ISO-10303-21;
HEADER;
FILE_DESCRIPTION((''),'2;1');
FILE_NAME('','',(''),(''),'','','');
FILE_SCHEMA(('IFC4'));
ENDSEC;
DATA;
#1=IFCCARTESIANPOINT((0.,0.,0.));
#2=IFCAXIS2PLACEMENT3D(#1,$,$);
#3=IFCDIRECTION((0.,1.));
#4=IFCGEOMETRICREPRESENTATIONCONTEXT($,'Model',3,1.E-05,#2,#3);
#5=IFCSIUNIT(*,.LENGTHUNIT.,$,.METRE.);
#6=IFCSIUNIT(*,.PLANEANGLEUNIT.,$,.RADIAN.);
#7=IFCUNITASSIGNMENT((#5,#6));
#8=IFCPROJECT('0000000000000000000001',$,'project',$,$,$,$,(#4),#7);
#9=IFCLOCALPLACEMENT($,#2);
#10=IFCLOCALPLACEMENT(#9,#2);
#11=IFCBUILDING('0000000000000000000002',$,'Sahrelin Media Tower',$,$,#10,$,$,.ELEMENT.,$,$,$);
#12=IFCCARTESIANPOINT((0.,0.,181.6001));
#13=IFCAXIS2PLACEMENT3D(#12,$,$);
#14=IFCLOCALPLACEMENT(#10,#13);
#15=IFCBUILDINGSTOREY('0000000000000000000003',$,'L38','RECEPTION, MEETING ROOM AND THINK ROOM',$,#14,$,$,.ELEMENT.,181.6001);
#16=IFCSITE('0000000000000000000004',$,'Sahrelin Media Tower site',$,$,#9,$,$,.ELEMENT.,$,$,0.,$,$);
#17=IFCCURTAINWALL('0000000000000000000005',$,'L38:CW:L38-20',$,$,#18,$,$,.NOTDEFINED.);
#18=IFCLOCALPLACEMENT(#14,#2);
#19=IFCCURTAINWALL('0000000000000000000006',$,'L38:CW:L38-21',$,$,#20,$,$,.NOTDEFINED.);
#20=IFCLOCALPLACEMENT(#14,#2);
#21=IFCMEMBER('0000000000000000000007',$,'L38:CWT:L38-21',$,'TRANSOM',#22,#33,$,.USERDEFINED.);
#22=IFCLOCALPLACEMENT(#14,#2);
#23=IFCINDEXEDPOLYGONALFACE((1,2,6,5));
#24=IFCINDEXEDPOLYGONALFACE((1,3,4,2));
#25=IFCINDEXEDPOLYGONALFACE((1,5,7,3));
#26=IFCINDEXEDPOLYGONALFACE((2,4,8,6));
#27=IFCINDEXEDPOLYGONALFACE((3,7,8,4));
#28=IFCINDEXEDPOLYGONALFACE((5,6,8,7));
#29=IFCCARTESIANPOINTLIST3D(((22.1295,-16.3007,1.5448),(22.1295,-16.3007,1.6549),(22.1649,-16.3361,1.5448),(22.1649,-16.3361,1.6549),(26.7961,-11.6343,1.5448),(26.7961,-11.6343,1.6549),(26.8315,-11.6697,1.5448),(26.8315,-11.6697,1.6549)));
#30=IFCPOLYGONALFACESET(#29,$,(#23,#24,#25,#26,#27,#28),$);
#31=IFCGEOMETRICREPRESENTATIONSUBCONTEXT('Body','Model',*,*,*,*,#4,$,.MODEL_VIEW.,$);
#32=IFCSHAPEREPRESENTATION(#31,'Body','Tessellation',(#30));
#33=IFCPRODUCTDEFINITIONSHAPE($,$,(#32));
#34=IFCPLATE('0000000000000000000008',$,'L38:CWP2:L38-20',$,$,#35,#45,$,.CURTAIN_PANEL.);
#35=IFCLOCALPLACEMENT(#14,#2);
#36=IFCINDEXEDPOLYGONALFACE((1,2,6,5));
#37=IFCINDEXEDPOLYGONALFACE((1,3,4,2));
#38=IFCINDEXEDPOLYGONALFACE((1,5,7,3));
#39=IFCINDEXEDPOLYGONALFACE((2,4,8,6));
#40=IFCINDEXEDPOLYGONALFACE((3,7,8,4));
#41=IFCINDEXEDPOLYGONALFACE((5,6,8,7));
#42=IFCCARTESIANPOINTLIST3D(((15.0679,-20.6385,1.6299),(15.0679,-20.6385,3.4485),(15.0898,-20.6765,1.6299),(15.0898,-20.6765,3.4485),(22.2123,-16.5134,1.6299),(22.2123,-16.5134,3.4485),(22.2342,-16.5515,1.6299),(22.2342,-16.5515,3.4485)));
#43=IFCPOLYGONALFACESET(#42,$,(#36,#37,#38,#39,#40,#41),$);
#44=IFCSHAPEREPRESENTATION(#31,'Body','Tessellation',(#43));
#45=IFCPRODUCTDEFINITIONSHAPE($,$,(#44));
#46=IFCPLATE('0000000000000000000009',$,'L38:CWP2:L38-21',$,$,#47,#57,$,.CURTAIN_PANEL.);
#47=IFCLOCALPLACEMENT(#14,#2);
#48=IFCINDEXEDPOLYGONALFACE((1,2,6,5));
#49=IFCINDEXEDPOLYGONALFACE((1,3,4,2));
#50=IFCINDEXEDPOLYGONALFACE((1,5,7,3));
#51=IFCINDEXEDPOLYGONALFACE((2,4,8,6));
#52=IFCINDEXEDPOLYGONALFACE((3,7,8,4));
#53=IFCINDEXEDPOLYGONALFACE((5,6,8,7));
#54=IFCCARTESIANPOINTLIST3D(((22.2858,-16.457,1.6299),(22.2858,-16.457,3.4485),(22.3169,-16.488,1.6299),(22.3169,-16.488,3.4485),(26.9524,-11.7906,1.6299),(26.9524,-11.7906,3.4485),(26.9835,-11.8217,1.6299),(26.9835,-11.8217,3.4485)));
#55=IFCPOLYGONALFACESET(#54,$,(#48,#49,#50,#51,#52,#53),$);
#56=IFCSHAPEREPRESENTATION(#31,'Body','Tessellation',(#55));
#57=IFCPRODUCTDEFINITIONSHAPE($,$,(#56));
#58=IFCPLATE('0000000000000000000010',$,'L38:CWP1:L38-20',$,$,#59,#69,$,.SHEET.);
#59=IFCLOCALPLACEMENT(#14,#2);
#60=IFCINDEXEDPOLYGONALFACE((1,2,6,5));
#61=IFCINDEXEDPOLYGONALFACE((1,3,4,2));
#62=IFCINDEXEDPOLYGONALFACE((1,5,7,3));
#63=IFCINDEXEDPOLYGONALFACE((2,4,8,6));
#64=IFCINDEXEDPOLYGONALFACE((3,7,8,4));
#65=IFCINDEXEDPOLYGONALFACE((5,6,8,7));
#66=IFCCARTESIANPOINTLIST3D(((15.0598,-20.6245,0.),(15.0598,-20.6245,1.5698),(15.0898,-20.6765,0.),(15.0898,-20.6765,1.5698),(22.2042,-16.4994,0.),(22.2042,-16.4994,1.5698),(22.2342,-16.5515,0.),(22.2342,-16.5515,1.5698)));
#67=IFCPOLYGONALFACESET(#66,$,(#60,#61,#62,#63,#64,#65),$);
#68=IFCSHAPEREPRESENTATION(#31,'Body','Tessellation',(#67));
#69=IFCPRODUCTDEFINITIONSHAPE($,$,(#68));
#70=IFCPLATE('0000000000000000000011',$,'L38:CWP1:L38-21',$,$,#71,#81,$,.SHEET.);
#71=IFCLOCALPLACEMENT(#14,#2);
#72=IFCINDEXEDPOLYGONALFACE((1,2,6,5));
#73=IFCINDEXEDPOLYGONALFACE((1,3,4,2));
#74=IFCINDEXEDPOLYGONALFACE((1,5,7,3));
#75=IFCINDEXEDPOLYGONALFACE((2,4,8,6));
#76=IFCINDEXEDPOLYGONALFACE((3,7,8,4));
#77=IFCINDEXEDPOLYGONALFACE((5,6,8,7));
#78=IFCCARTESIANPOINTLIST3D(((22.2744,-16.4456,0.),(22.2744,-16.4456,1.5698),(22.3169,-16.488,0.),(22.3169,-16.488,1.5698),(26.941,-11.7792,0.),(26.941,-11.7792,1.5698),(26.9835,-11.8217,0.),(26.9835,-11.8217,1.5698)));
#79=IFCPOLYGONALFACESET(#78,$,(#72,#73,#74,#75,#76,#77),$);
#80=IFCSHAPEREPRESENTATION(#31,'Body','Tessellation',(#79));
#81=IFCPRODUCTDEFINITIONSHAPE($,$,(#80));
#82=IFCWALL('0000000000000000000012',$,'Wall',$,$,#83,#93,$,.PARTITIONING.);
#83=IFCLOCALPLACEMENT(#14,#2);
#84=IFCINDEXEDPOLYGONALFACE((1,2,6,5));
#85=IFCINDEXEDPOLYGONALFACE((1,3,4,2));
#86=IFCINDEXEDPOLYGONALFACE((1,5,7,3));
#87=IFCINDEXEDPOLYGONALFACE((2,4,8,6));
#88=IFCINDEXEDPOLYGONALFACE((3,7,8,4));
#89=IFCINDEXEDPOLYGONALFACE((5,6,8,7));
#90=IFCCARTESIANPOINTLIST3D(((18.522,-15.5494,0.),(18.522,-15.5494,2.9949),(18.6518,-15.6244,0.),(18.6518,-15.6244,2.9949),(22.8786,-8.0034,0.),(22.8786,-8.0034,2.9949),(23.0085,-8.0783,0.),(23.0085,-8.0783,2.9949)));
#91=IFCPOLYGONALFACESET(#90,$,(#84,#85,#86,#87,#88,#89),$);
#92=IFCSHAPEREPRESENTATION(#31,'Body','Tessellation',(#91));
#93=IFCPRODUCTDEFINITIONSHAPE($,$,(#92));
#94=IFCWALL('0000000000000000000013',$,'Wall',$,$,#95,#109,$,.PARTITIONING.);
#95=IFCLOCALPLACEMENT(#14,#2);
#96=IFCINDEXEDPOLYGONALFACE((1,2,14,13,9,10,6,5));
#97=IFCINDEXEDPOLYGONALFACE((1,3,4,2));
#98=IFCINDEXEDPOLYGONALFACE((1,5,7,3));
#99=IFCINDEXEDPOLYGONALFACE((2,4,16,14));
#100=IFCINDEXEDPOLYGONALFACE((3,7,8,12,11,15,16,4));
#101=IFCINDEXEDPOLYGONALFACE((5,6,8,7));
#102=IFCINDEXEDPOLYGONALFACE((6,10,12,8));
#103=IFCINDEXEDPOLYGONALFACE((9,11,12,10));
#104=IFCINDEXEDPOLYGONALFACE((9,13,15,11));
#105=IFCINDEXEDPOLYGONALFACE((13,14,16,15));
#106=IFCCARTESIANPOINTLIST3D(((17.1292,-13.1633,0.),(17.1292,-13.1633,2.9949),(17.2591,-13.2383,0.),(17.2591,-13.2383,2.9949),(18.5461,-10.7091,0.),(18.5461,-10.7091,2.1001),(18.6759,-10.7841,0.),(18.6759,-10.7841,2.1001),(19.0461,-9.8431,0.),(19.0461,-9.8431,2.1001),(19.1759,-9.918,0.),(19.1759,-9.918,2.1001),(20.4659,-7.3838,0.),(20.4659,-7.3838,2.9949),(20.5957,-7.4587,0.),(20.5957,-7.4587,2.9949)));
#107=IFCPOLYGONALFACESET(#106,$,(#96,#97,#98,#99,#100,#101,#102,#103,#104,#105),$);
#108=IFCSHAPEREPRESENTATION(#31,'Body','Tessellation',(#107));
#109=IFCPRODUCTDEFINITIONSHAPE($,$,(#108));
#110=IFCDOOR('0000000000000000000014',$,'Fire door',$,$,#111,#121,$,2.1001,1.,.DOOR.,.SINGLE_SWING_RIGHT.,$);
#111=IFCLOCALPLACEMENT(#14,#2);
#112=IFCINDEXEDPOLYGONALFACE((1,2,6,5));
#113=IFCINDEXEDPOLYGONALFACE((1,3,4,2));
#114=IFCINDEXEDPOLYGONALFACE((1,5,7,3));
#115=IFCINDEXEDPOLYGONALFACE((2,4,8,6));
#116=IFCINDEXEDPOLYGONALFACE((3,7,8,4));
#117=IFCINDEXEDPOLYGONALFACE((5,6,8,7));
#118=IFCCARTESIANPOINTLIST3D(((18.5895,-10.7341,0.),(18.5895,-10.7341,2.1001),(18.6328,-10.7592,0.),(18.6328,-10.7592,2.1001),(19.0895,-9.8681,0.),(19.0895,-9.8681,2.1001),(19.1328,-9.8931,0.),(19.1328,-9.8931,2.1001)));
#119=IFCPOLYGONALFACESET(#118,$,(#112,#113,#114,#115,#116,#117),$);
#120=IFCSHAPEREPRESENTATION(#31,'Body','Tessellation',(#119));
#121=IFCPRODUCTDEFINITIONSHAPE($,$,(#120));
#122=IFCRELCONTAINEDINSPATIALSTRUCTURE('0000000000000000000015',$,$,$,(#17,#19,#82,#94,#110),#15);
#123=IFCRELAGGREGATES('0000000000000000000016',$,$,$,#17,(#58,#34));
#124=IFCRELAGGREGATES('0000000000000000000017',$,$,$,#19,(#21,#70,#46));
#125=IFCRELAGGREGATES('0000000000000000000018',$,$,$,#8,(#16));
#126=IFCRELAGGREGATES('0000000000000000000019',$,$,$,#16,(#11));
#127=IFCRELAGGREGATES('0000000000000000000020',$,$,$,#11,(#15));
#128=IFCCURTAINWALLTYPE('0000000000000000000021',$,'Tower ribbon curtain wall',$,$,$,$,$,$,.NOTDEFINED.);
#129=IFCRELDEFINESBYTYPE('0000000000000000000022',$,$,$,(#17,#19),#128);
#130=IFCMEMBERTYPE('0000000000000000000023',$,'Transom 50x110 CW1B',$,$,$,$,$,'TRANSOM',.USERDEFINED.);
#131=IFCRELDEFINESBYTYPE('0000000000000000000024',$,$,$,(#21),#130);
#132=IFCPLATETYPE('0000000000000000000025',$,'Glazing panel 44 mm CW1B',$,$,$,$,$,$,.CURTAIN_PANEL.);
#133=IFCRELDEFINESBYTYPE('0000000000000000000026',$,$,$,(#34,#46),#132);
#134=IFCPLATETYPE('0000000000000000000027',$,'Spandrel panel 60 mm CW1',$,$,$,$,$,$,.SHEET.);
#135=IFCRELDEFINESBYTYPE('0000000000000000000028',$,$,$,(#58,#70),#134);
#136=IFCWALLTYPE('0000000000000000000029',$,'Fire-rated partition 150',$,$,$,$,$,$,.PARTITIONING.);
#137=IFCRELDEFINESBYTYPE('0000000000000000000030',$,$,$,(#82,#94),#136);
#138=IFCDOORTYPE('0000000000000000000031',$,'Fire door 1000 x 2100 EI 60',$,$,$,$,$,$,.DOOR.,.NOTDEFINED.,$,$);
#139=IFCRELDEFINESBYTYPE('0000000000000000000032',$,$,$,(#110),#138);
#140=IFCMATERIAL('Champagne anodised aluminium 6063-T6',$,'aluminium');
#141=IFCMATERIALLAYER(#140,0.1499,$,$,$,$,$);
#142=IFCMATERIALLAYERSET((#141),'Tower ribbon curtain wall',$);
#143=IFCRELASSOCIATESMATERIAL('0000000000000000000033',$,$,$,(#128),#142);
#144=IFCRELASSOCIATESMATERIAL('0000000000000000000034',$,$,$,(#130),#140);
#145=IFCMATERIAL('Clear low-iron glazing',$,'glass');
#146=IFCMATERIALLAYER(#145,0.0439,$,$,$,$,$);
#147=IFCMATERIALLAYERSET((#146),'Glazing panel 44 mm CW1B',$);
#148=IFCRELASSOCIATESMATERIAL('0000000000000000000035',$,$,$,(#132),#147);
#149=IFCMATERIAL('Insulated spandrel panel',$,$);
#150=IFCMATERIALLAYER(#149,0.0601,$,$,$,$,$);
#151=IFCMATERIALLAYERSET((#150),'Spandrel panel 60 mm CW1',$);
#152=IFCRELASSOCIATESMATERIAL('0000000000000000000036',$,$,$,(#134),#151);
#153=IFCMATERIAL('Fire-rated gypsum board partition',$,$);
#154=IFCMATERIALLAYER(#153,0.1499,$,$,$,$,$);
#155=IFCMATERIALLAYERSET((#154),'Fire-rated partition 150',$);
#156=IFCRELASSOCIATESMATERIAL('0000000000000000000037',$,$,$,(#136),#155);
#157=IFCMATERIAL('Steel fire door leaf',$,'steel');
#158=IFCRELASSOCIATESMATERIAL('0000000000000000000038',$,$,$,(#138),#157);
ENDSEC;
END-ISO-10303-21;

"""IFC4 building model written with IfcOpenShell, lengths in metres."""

from ifc_helpers import new_model, si_unit, direction, frame, frame_2d, origin, origin_2d, place, context, subcontext, project, spatial, polyline, rectangle, outline, extrude, material, layer, layer_set, material_profile, profile_set, type_object, element, fill, aggregate, save


model = new_model("IFC4")

# Units and contexts
model_context = context("Model", 3, precision=1e-05, world=origin(), true_north=direction((0.0, 1.0)))
body_context = subcontext(model_context, "Body", "Model", "MODEL_VIEW")
ifc_project = project(units=[si_unit("LENGTHUNIT", "METRE"), si_unit("PLANEANGLEUNIT", "RADIAN")], contexts=[model_context])

# Site, building, storey
site_placement = place(None, origin())
site = spatial("IfcSite", under=ifc_project, at=site_placement, Name="Sahrelin Media Tower site", CompositionType="ELEMENT", RefElevation=0.0)
building_placement = place(site_placement, origin())
building = spatial("IfcBuilding", under=site, at=building_placement, Name="Sahrelin Media Tower", CompositionType="ELEMENT")
storey_placement = place(building_placement, frame((0.0, 0.0, 181.6001)))
storey = spatial("IfcBuildingStorey", under=building, at=storey_placement, Name="L38", Description="RECEPTION, MEETING ROOM AND THINK ROOM", CompositionType="ELEMENT", Elevation=181.6001)

# Curtain walls
ifc_material_1 = material(Name="Champagne anodised aluminium 6063-T6", Category="aluminium")
ifc_layer_1 = layer(ifc_material_1, 0.1499)
ifc_layer_set_1 = layer_set([ifc_layer_1], Name="Tower ribbon curtain wall")
curtain_wall_type = type_object("IfcCurtainWallType", Name="Tower ribbon curtain wall", PredefinedType="NOTDEFINED", material=ifc_layer_set_1)
curtain_wall_1_placement = place(storey_placement, frame((18.6521, -18.5967, 0.0), z_axis=(0.0, 0.0, 1.0), x_axis=(1.0, 0.0, 0.0)))
curtain_wall_1 = element("IfcCurtainWall", 1, at=curtain_wall_1_placement, inside=storey, type_object=curtain_wall_type, Name="L38:CW:L38-20", PredefinedType="NOTDEFINED")
curtain_wall_2_placement = place(storey_placement, frame((24.636, -14.1406, 0.0), z_axis=(0.0, 0.0, 1.0), x_axis=(1.0, 0.0, 0.0)))
curtain_wall_2 = element("IfcCurtainWall", 2, at=curtain_wall_2_placement, inside=storey, type_object=curtain_wall_type, Name="L38:CW:L38-21", PredefinedType="NOTDEFINED")

# Member
ifc_material_profile_1 = material_profile(ifc_material_1, rectangle(XDim=0.05, YDim=0.1101, at=origin_2d()), Name="Transom 50x110")
ifc_profile_set_1 = profile_set([ifc_material_profile_1], Name="Champagne anodised aluminium 6063-T6")
member_type_1 = type_object("IfcMemberType", Name="Transom 50x110 CW1B", ElementType="TRANSOM", PredefinedType="USERDEFINED", material=ifc_profile_set_1)
member_1_placement = place(storey_placement, frame((22.1472, -16.3184, 1.5999), z_axis=(0.707125, 0.707088, 0.0), x_axis=(-0.707088, 0.707125, 0.0)))
member_1 = element("IfcMember", 3, at=member_1_placement, type_object=member_type_1, Name="L38:CWT:L38-21", ObjectType="TRANSOM", PredefinedType="USERDEFINED", context=body_context, shape_type="SweptSolid", body=[
    extrude(rectangle(XDim=0.05, YDim=0.1101, at=origin_2d()), origin(), (0.0, 0.0, 1.0), 6.5994),
])

# Plates
ifc_material_2 = material(Name="Clear low-iron glazing", Category="glass")
ifc_layer_2 = layer(ifc_material_2, 0.0439)
ifc_layer_set_2 = layer_set([ifc_layer_2], Name="Glazing panel 44 mm CW1B")
plate_type_1 = type_object("IfcPlateType", Name="Glazing panel 44 mm CW1B", PredefinedType="CURTAIN_PANEL", material=ifc_layer_set_2)
plate_1_placement = place(storey_placement, frame((15.0898, -20.6765, 1.6299), z_axis=(0.500022, -0.866013, 0.0), x_axis=(0.866013, 0.500022, 0.0)))
plate_1 = element("IfcPlate", 4, at=plate_1_placement, type_object=plate_type_1, Name="L38:CWP2:L38-20", PredefinedType="CURTAIN_PANEL", context=body_context, shape_type="SweptSolid", body=[
    extrude(outline(polyline([(0.0, 0.0), (8.2498, 0.0), (8.2498, 1.8186), (0.0, 1.8186), (0.0, 0.0)])), origin(), (0.0, 0.0, -1.0), 0.0439),
])
plate_2_placement = place(storey_placement, frame((22.3169, -16.488, 1.6299), z_axis=(0.707088, -0.707125, 0.0), x_axis=(0.707125, 0.707088, 0.0)))
plate_2 = element("IfcPlate", 5, at=plate_2_placement, type_object=plate_type_1, Name="L38:CWP2:L38-21", PredefinedType="CURTAIN_PANEL", context=body_context, shape_type="SweptSolid", body=[
    extrude(outline(polyline([(0.0, 0.0), (6.5994, 0.0), (6.5994, 1.8186), (0.0, 1.8186), (0.0, 0.0)])), origin(), (0.0, 0.0, -1.0), 0.0439),
])
ifc_material_3 = material(Name="Insulated spandrel panel")
ifc_layer_3 = layer(ifc_material_3, 0.0601)
ifc_layer_set_3 = layer_set([ifc_layer_3], Name="Spandrel panel 60 mm CW1")
plate_type_2 = type_object("IfcPlateType", Name="Spandrel panel 60 mm CW1", PredefinedType="SHEET", material=ifc_layer_set_3)
plate_3_placement = place(storey_placement, frame((15.0898, -20.6765, 0.0), z_axis=(0.500022, -0.866013, 0.0), x_axis=(0.866013, 0.500022, 0.0)))
plate_3 = element("IfcPlate", 6, at=plate_3_placement, type_object=plate_type_2, Name="L38:CWP1:L38-20", PredefinedType="SHEET", context=body_context, shape_type="SweptSolid", body=[
    extrude(outline(polyline([(0.0, 0.0), (8.2498, 0.0), (8.2498, 1.5698), (0.0, 1.5698), (0.0, 0.0)])), origin(), (0.0, 0.0, -1.0), 0.0601),
])
aggregate(curtain_wall_1, [plate_3, plate_1])
plate_4_placement = place(storey_placement, frame((22.3169, -16.488, 0.0), z_axis=(0.707088, -0.707125, 0.0), x_axis=(0.707125, 0.707088, 0.0)))
plate_4 = element("IfcPlate", 7, at=plate_4_placement, type_object=plate_type_2, Name="L38:CWP1:L38-21", PredefinedType="SHEET", context=body_context, shape_type="SweptSolid", body=[
    extrude(outline(polyline([(0.0, 0.0), (6.5994, 0.0), (6.5994, 1.5698), (0.0, 1.5698), (0.0, 0.0)])), origin(), (0.0, 0.0, -1.0), 0.0601),
])
aggregate(curtain_wall_2, [member_1, plate_4, plate_2])

# Wall
ifc_material_4 = material(Name="Fire-rated gypsum board partition")
ifc_layer_4 = layer(ifc_material_4, 0.1499)
ifc_layer_set_4 = layer_set([ifc_layer_4], Name="Fire-rated partition 150")
wall_type = type_object("IfcWallType", Name="Fire-rated partition 150", PredefinedType="PARTITIONING", material=ifc_layer_set_4)
wall_1_placement = place(storey_placement, frame((18.5869, -15.5869, 0.0), z_axis=(0.0, 0.0, 1.0), x_axis=(0.499993, 0.866029, 0.0)))
element("IfcWall", 8, at=wall_1_placement, inside=storey, type_object=wall_type, Name="Wall", PredefinedType="PARTITIONING", context=body_context, shape_type="SweptSolid", body=[
    extrude(rectangle(XDim=8.7134, YDim=0.1499, at=frame_2d((4.3567, 0.0))), origin(), (0.0, 0.0, 1.0), 2.9949),
])

# Wall, opening, door
wall_2_placement = place(storey_placement, frame((17.1941, -13.2009, 0.0), z_axis=(0.0, 0.0, 1.0), x_axis=(0.499983, 0.866035, 0.0)))
wall_2 = element("IfcWall", 9, at=wall_2_placement, inside=storey, type_object=wall_type, Name="Wall", PredefinedType="PARTITIONING", context=body_context, shape_type="SweptSolid", body=[
    extrude(rectangle(XDim=6.6736, YDim=0.1499, at=frame_2d((3.3369, 0.0))), origin(), (0.0, 0.0, 1.0), 2.9949),
])
opening_placement = place(wall_2_placement, frame((2.834, 0.0, 0.0)))
opening = element("IfcOpeningElement", 10, at=opening_placement, cuts=wall_2, PredefinedType="OPENING", context=body_context, shape_type="SweptSolid", body=[
    extrude(rectangle(XDim=1.0, YDim=2.1001, at=frame_2d((0.5, 1.05))), frame((0.0, 0.075, 0.0), z_axis=(0.0, -1.0, 0.0), x_axis=(1.0, 0.0, 0.0)), (0.0, 0.0, 1.0), 0.1499),
])
ifc_material_5 = material(Name="Steel fire door leaf", Category="steel")
door_type = type_object("IfcDoorType", Name="Fire door 1000 x 2100 EI 60", OperationType="NOTDEFINED", PredefinedType="DOOR", material=ifc_material_5)
door_placement = place(opening_placement, origin())
door = element("IfcDoor", 11, at=door_placement, inside=storey, type_object=door_type, Name="Fire door", OperationType="SINGLE_SWING_RIGHT", OverallHeight=2.1001, OverallWidth=1.0, PredefinedType="DOOR", context=body_context, shape_type="SweptSolid", body=[
    extrude(rectangle(XDim=1.0, YDim=2.1001, at=frame_2d((0.5, 1.05))), frame((0.0, 0.0249, 0.0), z_axis=(0.0, -1.0, 0.0), x_axis=(1.0, 0.0, 0.0)), (0.0, 0.0, 1.0), 0.05),
])
fill(opening, door)

save(model, "model.ifc")
